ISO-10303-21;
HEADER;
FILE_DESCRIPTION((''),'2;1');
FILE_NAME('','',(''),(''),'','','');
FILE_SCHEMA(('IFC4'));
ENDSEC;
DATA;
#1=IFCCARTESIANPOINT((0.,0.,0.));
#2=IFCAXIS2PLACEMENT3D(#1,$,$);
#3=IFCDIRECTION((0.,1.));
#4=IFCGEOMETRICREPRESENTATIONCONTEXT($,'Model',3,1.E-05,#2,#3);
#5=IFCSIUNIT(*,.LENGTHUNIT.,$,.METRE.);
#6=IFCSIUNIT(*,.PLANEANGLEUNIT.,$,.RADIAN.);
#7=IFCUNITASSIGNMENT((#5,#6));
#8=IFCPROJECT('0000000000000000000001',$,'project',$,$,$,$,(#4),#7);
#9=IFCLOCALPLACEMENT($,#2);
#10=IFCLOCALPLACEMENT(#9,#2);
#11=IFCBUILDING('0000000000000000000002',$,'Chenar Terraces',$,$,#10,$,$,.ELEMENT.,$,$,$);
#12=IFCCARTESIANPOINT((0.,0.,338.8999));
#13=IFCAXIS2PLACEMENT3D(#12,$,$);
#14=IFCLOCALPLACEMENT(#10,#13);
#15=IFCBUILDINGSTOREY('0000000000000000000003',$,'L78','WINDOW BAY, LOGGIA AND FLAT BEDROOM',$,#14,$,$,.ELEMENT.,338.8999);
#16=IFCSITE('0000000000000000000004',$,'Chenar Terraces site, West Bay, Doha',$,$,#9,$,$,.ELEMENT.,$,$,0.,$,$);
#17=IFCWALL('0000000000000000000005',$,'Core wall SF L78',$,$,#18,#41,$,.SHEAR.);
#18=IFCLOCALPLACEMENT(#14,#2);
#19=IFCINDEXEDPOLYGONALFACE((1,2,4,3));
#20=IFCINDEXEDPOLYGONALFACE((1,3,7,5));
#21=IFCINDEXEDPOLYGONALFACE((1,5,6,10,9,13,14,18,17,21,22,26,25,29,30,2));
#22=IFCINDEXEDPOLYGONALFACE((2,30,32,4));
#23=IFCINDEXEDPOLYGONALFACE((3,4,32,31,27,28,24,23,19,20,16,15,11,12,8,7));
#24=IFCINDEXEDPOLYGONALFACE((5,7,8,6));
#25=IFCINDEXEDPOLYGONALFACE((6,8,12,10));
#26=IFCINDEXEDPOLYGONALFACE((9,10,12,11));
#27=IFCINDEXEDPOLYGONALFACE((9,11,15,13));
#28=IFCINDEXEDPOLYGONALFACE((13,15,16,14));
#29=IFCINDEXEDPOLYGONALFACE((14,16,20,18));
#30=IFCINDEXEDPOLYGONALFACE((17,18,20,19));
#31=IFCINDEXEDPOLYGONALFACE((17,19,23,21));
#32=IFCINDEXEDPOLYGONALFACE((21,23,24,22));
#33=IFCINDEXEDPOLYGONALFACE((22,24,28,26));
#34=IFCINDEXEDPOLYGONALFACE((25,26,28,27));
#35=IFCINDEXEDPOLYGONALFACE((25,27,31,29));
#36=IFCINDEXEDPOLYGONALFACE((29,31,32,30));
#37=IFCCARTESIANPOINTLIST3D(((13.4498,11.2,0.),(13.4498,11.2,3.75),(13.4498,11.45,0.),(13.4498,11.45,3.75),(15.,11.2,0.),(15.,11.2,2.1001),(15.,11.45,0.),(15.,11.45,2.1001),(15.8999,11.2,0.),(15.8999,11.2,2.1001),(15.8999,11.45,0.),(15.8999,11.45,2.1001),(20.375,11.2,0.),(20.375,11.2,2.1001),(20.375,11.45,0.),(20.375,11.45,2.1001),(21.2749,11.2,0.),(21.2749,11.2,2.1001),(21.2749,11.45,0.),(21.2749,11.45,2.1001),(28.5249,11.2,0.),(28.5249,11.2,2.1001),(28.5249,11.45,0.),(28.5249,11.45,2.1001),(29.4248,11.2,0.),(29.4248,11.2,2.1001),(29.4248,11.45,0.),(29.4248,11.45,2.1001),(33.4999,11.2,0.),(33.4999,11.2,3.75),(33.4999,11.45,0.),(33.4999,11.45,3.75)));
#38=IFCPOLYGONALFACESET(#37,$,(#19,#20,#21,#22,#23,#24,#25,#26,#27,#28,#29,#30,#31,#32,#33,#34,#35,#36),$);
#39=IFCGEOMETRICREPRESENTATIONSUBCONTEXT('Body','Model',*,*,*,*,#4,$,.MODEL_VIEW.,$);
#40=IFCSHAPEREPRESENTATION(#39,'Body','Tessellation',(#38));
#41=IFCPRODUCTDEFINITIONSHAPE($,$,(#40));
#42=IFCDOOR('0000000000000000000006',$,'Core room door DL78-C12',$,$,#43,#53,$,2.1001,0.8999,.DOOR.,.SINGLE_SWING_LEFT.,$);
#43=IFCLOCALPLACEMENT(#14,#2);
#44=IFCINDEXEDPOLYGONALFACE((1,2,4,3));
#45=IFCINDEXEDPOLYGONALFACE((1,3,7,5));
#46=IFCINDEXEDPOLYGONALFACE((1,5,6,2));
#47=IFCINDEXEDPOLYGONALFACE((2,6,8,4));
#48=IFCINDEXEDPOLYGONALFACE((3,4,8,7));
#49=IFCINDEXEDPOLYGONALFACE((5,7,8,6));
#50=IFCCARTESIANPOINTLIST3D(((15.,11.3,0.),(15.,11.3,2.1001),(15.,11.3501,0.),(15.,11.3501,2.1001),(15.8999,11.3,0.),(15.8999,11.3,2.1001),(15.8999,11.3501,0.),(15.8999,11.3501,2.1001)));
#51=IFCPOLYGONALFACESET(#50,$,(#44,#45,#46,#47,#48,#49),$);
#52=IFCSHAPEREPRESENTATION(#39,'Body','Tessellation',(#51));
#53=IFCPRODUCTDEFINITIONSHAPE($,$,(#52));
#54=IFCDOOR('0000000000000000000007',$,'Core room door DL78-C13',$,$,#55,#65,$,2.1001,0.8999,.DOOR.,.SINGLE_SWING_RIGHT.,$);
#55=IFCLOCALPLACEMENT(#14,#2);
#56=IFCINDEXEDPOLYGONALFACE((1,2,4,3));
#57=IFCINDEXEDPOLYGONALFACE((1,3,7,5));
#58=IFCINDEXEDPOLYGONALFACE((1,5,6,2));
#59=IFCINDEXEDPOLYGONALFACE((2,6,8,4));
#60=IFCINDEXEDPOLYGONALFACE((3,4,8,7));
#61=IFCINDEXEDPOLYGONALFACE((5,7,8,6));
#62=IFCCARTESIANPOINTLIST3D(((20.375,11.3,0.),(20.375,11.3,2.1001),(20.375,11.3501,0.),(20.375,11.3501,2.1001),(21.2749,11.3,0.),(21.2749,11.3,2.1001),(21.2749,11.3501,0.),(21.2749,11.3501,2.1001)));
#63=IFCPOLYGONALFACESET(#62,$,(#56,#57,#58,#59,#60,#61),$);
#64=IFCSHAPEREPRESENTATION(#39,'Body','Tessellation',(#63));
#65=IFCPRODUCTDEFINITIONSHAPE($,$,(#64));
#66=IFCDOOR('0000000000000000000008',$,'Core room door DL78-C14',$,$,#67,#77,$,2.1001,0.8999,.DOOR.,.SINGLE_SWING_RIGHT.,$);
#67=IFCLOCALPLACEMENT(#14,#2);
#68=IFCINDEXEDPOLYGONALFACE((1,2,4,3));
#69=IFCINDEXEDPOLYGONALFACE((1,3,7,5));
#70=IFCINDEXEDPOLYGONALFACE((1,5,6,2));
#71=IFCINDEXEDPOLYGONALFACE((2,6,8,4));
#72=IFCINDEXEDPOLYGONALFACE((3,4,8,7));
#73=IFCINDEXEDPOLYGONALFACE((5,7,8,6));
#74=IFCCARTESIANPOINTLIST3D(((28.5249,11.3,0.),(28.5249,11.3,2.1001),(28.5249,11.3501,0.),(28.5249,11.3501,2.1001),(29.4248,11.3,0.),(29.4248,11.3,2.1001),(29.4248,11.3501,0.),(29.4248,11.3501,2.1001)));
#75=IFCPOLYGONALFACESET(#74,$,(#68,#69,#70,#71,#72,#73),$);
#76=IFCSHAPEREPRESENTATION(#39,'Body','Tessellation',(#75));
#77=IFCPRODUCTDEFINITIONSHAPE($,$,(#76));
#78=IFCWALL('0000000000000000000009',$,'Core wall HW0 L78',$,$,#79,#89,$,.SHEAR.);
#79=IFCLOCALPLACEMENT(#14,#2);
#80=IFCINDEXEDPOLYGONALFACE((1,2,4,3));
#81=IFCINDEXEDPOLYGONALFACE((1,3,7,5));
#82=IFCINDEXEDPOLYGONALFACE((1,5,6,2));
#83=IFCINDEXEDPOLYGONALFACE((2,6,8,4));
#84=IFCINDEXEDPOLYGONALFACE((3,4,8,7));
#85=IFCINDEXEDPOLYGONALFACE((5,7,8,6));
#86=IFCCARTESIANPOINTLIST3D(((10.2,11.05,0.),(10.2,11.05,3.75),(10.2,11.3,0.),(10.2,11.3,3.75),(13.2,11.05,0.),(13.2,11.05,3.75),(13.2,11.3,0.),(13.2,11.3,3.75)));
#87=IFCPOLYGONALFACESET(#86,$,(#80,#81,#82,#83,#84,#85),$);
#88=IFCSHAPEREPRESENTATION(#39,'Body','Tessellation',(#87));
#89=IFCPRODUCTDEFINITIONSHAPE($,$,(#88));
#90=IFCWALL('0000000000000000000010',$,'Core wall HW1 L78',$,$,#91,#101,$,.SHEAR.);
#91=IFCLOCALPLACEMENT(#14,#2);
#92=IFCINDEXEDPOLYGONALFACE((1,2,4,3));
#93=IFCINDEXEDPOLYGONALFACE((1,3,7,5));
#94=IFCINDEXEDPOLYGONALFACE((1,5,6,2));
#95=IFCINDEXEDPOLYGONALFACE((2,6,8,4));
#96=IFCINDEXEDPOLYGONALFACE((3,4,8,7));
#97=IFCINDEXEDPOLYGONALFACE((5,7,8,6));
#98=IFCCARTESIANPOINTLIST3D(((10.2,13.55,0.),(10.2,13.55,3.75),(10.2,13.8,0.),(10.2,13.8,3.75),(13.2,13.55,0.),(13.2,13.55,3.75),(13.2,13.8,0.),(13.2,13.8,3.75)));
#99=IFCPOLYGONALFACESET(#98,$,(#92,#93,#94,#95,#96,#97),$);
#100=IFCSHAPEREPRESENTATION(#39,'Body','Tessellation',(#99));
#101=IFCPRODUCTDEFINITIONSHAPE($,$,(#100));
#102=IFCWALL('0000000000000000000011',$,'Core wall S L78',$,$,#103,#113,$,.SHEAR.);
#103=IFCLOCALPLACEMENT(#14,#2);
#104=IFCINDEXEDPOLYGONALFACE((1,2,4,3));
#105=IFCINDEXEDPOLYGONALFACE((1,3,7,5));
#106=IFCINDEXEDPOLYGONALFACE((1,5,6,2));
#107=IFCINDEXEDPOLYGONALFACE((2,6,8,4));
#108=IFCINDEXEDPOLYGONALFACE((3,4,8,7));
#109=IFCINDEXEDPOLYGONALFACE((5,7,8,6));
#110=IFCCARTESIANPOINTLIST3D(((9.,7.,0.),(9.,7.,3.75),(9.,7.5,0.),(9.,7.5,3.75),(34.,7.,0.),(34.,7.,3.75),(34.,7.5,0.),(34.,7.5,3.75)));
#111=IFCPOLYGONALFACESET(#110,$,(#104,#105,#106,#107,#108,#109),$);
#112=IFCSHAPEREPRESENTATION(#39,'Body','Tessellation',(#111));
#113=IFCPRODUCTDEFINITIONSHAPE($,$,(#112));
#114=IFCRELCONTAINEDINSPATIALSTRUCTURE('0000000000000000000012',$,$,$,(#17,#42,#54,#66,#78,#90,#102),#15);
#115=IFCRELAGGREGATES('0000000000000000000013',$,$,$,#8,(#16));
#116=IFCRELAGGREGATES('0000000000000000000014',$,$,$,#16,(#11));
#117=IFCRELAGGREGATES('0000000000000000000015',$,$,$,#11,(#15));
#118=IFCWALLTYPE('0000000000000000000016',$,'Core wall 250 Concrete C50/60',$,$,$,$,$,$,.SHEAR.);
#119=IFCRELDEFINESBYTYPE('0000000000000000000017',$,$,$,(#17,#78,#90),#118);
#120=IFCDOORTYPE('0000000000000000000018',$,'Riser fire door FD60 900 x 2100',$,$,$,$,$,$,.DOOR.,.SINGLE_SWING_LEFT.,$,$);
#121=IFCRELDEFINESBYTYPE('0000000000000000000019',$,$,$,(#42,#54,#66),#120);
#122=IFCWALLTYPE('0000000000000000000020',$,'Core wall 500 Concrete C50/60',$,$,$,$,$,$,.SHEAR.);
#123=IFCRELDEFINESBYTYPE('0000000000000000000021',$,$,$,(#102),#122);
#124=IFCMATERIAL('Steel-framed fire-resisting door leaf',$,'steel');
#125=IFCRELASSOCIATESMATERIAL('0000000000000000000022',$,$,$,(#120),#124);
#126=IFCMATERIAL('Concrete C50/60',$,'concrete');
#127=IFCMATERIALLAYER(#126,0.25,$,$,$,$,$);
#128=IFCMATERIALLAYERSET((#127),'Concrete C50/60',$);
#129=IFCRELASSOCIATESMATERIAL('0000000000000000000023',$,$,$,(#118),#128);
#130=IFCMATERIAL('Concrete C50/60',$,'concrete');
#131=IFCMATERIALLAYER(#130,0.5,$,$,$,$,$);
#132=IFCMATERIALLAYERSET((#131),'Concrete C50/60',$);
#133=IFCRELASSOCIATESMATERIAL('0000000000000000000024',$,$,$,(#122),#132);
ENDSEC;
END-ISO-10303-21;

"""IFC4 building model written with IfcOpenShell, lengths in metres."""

from ifc_helpers import new_model, si_unit, direction, frame, frame_2d, origin, place, context, subcontext, project, spatial, rectangle, extrude, material, layer, layer_set, type_object, element, fill, save


model = new_model("IFC4")

# Units and contexts
model_context = context("Model", 3, precision=1e-05, world=origin(), true_north=direction((0.0, 1.0)))
body_context = subcontext(model_context, "Body", "Model", "MODEL_VIEW")
ifc_project = project(units=[si_unit("LENGTHUNIT", "METRE"), si_unit("PLANEANGLEUNIT", "RADIAN")], contexts=[model_context])

# Site, building, storey
site_placement = place(None, origin())
site = spatial("IfcSite", under=ifc_project, at=site_placement, Name="Chenar Terraces site, West Bay, Doha", CompositionType="ELEMENT", RefElevation=0.0)
building_placement = place(site_placement, origin())
building = spatial("IfcBuilding", under=site, at=building_placement, Name="Chenar Terraces", CompositionType="ELEMENT")
storey_placement = place(building_placement, frame((0.0, 0.0, 338.8999)))
storey = spatial("IfcBuildingStorey", under=building, at=storey_placement, Name="L78", Description="WINDOW BAY, LOGGIA AND FLAT BEDROOM", CompositionType="ELEMENT", Elevation=338.8999)

# Shared definitions
ifc_material_1 = material(Name="Steel-framed fire-resisting door leaf", Category="steel")
door_type_1 = type_object("IfcDoorType", Name="Riser fire door FD60 900 x 2100", OperationType="SINGLE_SWING_LEFT", PredefinedType="DOOR", material=ifc_material_1)

# Shared definitions
ifc_material_2 = material(Name="Concrete C50/60", Category="concrete")
ifc_layer_1 = layer(ifc_material_2, 0.25)
ifc_layer_set_1 = layer_set([ifc_layer_1], Name="Concrete C50/60")
wall_type_1 = type_object("IfcWallType", Name="Core wall 250 Concrete C50/60", PredefinedType="SHEAR", material=ifc_layer_set_1)

# Wall, openings, doors
wall_1_placement = place(storey_placement, frame((13.45, 11.325, 0.0), z_axis=(0.0, 0.0, 1.0), x_axis=(1.0, 0.0, 0.0)))
wall_1 = element("IfcWall", 1, at=wall_1_placement, inside=storey, type_object=wall_type_1, Name="Core wall SF L78", PredefinedType="SHEAR", context=body_context, shape_type="SweptSolid", body=[
    extrude(rectangle(XDim=20.05, YDim=0.25, at=frame_2d((10.0249, 0.0))), origin(), (0.0, 0.0, 1.0), 3.75),
])
opening_1_placement = place(wall_1_placement, frame((1.55, 0.0, 0.0)))
opening_1 = element("IfcOpeningElement", 2, at=opening_1_placement, cuts=wall_1, PredefinedType="OPENING", context=body_context, shape_type="SweptSolid", body=[
    extrude(rectangle(XDim=0.8999, YDim=2.1001, at=frame_2d((0.45, 1.05))), frame((0.0, 0.135, 0.0), z_axis=(0.0, -1.0, 0.0), x_axis=(1.0, 0.0, 0.0)), (0.0, 0.0, 1.0), 0.27),
])
opening_2_placement = place(wall_1_placement, frame((6.925, 0.0, 0.0)))
opening_2 = element("IfcOpeningElement", 3, at=opening_2_placement, cuts=wall_1, PredefinedType="OPENING", context=body_context, shape_type="SweptSolid", body=[
    extrude(rectangle(XDim=0.8999, YDim=2.1001, at=frame_2d((0.45, 1.05))), frame((0.0, 0.135, 0.0), z_axis=(0.0, -1.0, 0.0), x_axis=(1.0, 0.0, 0.0)), (0.0, 0.0, 1.0), 0.27),
])
opening_3_placement = place(wall_1_placement, frame((15.075, 0.0, 0.0)))
opening_3 = element("IfcOpeningElement", 4, at=opening_3_placement, cuts=wall_1, PredefinedType="OPENING", context=body_context, shape_type="SweptSolid", body=[
    extrude(rectangle(XDim=0.8999, YDim=2.1001, at=frame_2d((0.45, 1.05))), frame((0.0, 0.135, 0.0), z_axis=(0.0, -1.0, 0.0), x_axis=(1.0, 0.0, 0.0)), (0.0, 0.0, 1.0), 0.27),
])
door_1_placement = place(opening_1_placement, frame((0.8999, 0.0, 0.0), z_axis=(0.0, 0.0, 1.0), x_axis=(-1.0, 0.0, 0.0)))
door_1 = element("IfcDoor", 5, at=door_1_placement, inside=storey, type_object=door_type_1, Name="Core room door DL78-C12", OperationType="SINGLE_SWING_LEFT", OverallHeight=2.1001, OverallWidth=0.8999, PredefinedType="DOOR", context=body_context, shape_type="SweptSolid", body=[
    extrude(rectangle(XDim=0.8999, YDim=2.1001, at=frame_2d((0.45, 1.05))), frame((0.0, 0.0249, 0.0), z_axis=(0.0, -1.0, 0.0), x_axis=(1.0, 0.0, 0.0)), (0.0, 0.0, 1.0), 0.05),
])
fill(opening_1, door_1)
door_2_placement = place(opening_2_placement, frame((0.8999, 0.0, 0.0), z_axis=(0.0, 0.0, 1.0), x_axis=(-1.0, 0.0, 0.0)))
door_2 = element("IfcDoor", 6, at=door_2_placement, inside=storey, type_object=door_type_1, Name="Core room door DL78-C13", OperationType="SINGLE_SWING_RIGHT", OverallHeight=2.1001, OverallWidth=0.8999, PredefinedType="DOOR", context=body_context, shape_type="SweptSolid", body=[
    extrude(rectangle(XDim=0.8999, YDim=2.1001, at=frame_2d((0.45, 1.05))), frame((0.0, 0.0249, 0.0), z_axis=(0.0, -1.0, 0.0), x_axis=(1.0, 0.0, 0.0)), (0.0, 0.0, 1.0), 0.05),
])
fill(opening_2, door_2)
door_3_placement = place(opening_3_placement, frame((0.8999, 0.0, 0.0), z_axis=(0.0, 0.0, 1.0), x_axis=(-1.0, 0.0, 0.0)))
door_3 = element("IfcDoor", 7, at=door_3_placement, inside=storey, type_object=door_type_1, Name="Core room door DL78-C14", OperationType="SINGLE_SWING_RIGHT", OverallHeight=2.1001, OverallWidth=0.8999, PredefinedType="DOOR", context=body_context, shape_type="SweptSolid", body=[
    extrude(rectangle(XDim=0.8999, YDim=2.1001, at=frame_2d((0.45, 1.05))), frame((0.0, 0.0249, 0.0), z_axis=(0.0, -1.0, 0.0), x_axis=(1.0, 0.0, 0.0)), (0.0, 0.0, 1.0), 0.05),
])
fill(opening_3, door_3)

# Walls
for number, where, z_axis, x_axis, name in (
    (8, (10.2, 11.175, 0.0), (0.0, 0.0, 1.0), (1.0, 0.0, 0.0), "Core wall HW0 L78"),
    (9, (10.2, 13.675, 0.0), (0.0, 0.0, 1.0), (1.0, 0.0, 0.0), "Core wall HW1 L78"),
):
    element("IfcWall", number, at=place(storey_placement, frame(where, z_axis=z_axis, x_axis=x_axis)), inside=storey, type_object=wall_type_1, Name=name, PredefinedType="SHEAR", context=body_context, shape_type="SweptSolid", body=[
        extrude(rectangle(XDim=3.0, YDim=0.25, at=frame_2d((1.5, 0.0))), origin(), (0.0, 0.0, 1.0), 3.75),
    ])
ifc_material_3 = material(Name="Concrete C50/60", Category="concrete")
ifc_layer_2 = layer(ifc_material_3, 0.5)
ifc_layer_set_2 = layer_set([ifc_layer_2], Name="Concrete C50/60")
wall_type_2 = type_object("IfcWallType", Name="Core wall 500 Concrete C50/60", PredefinedType="SHEAR", material=ifc_layer_set_2)
wall_2_placement = place(storey_placement, frame((9.0, 7.25, 0.0), z_axis=(0.0, 0.0, 1.0), x_axis=(1.0, 0.0, 0.0)))
element("IfcWall", 10, at=wall_2_placement, inside=storey, type_object=wall_type_2, Name="Core wall S L78", PredefinedType="SHEAR", context=body_context, shape_type="SweptSolid", body=[
    extrude(rectangle(XDim=25.0, YDim=0.5, at=frame_2d((12.5, 0.0))), origin(), (0.0, 0.0, 1.0), 3.75),
])

save(model, "model.ifc")
